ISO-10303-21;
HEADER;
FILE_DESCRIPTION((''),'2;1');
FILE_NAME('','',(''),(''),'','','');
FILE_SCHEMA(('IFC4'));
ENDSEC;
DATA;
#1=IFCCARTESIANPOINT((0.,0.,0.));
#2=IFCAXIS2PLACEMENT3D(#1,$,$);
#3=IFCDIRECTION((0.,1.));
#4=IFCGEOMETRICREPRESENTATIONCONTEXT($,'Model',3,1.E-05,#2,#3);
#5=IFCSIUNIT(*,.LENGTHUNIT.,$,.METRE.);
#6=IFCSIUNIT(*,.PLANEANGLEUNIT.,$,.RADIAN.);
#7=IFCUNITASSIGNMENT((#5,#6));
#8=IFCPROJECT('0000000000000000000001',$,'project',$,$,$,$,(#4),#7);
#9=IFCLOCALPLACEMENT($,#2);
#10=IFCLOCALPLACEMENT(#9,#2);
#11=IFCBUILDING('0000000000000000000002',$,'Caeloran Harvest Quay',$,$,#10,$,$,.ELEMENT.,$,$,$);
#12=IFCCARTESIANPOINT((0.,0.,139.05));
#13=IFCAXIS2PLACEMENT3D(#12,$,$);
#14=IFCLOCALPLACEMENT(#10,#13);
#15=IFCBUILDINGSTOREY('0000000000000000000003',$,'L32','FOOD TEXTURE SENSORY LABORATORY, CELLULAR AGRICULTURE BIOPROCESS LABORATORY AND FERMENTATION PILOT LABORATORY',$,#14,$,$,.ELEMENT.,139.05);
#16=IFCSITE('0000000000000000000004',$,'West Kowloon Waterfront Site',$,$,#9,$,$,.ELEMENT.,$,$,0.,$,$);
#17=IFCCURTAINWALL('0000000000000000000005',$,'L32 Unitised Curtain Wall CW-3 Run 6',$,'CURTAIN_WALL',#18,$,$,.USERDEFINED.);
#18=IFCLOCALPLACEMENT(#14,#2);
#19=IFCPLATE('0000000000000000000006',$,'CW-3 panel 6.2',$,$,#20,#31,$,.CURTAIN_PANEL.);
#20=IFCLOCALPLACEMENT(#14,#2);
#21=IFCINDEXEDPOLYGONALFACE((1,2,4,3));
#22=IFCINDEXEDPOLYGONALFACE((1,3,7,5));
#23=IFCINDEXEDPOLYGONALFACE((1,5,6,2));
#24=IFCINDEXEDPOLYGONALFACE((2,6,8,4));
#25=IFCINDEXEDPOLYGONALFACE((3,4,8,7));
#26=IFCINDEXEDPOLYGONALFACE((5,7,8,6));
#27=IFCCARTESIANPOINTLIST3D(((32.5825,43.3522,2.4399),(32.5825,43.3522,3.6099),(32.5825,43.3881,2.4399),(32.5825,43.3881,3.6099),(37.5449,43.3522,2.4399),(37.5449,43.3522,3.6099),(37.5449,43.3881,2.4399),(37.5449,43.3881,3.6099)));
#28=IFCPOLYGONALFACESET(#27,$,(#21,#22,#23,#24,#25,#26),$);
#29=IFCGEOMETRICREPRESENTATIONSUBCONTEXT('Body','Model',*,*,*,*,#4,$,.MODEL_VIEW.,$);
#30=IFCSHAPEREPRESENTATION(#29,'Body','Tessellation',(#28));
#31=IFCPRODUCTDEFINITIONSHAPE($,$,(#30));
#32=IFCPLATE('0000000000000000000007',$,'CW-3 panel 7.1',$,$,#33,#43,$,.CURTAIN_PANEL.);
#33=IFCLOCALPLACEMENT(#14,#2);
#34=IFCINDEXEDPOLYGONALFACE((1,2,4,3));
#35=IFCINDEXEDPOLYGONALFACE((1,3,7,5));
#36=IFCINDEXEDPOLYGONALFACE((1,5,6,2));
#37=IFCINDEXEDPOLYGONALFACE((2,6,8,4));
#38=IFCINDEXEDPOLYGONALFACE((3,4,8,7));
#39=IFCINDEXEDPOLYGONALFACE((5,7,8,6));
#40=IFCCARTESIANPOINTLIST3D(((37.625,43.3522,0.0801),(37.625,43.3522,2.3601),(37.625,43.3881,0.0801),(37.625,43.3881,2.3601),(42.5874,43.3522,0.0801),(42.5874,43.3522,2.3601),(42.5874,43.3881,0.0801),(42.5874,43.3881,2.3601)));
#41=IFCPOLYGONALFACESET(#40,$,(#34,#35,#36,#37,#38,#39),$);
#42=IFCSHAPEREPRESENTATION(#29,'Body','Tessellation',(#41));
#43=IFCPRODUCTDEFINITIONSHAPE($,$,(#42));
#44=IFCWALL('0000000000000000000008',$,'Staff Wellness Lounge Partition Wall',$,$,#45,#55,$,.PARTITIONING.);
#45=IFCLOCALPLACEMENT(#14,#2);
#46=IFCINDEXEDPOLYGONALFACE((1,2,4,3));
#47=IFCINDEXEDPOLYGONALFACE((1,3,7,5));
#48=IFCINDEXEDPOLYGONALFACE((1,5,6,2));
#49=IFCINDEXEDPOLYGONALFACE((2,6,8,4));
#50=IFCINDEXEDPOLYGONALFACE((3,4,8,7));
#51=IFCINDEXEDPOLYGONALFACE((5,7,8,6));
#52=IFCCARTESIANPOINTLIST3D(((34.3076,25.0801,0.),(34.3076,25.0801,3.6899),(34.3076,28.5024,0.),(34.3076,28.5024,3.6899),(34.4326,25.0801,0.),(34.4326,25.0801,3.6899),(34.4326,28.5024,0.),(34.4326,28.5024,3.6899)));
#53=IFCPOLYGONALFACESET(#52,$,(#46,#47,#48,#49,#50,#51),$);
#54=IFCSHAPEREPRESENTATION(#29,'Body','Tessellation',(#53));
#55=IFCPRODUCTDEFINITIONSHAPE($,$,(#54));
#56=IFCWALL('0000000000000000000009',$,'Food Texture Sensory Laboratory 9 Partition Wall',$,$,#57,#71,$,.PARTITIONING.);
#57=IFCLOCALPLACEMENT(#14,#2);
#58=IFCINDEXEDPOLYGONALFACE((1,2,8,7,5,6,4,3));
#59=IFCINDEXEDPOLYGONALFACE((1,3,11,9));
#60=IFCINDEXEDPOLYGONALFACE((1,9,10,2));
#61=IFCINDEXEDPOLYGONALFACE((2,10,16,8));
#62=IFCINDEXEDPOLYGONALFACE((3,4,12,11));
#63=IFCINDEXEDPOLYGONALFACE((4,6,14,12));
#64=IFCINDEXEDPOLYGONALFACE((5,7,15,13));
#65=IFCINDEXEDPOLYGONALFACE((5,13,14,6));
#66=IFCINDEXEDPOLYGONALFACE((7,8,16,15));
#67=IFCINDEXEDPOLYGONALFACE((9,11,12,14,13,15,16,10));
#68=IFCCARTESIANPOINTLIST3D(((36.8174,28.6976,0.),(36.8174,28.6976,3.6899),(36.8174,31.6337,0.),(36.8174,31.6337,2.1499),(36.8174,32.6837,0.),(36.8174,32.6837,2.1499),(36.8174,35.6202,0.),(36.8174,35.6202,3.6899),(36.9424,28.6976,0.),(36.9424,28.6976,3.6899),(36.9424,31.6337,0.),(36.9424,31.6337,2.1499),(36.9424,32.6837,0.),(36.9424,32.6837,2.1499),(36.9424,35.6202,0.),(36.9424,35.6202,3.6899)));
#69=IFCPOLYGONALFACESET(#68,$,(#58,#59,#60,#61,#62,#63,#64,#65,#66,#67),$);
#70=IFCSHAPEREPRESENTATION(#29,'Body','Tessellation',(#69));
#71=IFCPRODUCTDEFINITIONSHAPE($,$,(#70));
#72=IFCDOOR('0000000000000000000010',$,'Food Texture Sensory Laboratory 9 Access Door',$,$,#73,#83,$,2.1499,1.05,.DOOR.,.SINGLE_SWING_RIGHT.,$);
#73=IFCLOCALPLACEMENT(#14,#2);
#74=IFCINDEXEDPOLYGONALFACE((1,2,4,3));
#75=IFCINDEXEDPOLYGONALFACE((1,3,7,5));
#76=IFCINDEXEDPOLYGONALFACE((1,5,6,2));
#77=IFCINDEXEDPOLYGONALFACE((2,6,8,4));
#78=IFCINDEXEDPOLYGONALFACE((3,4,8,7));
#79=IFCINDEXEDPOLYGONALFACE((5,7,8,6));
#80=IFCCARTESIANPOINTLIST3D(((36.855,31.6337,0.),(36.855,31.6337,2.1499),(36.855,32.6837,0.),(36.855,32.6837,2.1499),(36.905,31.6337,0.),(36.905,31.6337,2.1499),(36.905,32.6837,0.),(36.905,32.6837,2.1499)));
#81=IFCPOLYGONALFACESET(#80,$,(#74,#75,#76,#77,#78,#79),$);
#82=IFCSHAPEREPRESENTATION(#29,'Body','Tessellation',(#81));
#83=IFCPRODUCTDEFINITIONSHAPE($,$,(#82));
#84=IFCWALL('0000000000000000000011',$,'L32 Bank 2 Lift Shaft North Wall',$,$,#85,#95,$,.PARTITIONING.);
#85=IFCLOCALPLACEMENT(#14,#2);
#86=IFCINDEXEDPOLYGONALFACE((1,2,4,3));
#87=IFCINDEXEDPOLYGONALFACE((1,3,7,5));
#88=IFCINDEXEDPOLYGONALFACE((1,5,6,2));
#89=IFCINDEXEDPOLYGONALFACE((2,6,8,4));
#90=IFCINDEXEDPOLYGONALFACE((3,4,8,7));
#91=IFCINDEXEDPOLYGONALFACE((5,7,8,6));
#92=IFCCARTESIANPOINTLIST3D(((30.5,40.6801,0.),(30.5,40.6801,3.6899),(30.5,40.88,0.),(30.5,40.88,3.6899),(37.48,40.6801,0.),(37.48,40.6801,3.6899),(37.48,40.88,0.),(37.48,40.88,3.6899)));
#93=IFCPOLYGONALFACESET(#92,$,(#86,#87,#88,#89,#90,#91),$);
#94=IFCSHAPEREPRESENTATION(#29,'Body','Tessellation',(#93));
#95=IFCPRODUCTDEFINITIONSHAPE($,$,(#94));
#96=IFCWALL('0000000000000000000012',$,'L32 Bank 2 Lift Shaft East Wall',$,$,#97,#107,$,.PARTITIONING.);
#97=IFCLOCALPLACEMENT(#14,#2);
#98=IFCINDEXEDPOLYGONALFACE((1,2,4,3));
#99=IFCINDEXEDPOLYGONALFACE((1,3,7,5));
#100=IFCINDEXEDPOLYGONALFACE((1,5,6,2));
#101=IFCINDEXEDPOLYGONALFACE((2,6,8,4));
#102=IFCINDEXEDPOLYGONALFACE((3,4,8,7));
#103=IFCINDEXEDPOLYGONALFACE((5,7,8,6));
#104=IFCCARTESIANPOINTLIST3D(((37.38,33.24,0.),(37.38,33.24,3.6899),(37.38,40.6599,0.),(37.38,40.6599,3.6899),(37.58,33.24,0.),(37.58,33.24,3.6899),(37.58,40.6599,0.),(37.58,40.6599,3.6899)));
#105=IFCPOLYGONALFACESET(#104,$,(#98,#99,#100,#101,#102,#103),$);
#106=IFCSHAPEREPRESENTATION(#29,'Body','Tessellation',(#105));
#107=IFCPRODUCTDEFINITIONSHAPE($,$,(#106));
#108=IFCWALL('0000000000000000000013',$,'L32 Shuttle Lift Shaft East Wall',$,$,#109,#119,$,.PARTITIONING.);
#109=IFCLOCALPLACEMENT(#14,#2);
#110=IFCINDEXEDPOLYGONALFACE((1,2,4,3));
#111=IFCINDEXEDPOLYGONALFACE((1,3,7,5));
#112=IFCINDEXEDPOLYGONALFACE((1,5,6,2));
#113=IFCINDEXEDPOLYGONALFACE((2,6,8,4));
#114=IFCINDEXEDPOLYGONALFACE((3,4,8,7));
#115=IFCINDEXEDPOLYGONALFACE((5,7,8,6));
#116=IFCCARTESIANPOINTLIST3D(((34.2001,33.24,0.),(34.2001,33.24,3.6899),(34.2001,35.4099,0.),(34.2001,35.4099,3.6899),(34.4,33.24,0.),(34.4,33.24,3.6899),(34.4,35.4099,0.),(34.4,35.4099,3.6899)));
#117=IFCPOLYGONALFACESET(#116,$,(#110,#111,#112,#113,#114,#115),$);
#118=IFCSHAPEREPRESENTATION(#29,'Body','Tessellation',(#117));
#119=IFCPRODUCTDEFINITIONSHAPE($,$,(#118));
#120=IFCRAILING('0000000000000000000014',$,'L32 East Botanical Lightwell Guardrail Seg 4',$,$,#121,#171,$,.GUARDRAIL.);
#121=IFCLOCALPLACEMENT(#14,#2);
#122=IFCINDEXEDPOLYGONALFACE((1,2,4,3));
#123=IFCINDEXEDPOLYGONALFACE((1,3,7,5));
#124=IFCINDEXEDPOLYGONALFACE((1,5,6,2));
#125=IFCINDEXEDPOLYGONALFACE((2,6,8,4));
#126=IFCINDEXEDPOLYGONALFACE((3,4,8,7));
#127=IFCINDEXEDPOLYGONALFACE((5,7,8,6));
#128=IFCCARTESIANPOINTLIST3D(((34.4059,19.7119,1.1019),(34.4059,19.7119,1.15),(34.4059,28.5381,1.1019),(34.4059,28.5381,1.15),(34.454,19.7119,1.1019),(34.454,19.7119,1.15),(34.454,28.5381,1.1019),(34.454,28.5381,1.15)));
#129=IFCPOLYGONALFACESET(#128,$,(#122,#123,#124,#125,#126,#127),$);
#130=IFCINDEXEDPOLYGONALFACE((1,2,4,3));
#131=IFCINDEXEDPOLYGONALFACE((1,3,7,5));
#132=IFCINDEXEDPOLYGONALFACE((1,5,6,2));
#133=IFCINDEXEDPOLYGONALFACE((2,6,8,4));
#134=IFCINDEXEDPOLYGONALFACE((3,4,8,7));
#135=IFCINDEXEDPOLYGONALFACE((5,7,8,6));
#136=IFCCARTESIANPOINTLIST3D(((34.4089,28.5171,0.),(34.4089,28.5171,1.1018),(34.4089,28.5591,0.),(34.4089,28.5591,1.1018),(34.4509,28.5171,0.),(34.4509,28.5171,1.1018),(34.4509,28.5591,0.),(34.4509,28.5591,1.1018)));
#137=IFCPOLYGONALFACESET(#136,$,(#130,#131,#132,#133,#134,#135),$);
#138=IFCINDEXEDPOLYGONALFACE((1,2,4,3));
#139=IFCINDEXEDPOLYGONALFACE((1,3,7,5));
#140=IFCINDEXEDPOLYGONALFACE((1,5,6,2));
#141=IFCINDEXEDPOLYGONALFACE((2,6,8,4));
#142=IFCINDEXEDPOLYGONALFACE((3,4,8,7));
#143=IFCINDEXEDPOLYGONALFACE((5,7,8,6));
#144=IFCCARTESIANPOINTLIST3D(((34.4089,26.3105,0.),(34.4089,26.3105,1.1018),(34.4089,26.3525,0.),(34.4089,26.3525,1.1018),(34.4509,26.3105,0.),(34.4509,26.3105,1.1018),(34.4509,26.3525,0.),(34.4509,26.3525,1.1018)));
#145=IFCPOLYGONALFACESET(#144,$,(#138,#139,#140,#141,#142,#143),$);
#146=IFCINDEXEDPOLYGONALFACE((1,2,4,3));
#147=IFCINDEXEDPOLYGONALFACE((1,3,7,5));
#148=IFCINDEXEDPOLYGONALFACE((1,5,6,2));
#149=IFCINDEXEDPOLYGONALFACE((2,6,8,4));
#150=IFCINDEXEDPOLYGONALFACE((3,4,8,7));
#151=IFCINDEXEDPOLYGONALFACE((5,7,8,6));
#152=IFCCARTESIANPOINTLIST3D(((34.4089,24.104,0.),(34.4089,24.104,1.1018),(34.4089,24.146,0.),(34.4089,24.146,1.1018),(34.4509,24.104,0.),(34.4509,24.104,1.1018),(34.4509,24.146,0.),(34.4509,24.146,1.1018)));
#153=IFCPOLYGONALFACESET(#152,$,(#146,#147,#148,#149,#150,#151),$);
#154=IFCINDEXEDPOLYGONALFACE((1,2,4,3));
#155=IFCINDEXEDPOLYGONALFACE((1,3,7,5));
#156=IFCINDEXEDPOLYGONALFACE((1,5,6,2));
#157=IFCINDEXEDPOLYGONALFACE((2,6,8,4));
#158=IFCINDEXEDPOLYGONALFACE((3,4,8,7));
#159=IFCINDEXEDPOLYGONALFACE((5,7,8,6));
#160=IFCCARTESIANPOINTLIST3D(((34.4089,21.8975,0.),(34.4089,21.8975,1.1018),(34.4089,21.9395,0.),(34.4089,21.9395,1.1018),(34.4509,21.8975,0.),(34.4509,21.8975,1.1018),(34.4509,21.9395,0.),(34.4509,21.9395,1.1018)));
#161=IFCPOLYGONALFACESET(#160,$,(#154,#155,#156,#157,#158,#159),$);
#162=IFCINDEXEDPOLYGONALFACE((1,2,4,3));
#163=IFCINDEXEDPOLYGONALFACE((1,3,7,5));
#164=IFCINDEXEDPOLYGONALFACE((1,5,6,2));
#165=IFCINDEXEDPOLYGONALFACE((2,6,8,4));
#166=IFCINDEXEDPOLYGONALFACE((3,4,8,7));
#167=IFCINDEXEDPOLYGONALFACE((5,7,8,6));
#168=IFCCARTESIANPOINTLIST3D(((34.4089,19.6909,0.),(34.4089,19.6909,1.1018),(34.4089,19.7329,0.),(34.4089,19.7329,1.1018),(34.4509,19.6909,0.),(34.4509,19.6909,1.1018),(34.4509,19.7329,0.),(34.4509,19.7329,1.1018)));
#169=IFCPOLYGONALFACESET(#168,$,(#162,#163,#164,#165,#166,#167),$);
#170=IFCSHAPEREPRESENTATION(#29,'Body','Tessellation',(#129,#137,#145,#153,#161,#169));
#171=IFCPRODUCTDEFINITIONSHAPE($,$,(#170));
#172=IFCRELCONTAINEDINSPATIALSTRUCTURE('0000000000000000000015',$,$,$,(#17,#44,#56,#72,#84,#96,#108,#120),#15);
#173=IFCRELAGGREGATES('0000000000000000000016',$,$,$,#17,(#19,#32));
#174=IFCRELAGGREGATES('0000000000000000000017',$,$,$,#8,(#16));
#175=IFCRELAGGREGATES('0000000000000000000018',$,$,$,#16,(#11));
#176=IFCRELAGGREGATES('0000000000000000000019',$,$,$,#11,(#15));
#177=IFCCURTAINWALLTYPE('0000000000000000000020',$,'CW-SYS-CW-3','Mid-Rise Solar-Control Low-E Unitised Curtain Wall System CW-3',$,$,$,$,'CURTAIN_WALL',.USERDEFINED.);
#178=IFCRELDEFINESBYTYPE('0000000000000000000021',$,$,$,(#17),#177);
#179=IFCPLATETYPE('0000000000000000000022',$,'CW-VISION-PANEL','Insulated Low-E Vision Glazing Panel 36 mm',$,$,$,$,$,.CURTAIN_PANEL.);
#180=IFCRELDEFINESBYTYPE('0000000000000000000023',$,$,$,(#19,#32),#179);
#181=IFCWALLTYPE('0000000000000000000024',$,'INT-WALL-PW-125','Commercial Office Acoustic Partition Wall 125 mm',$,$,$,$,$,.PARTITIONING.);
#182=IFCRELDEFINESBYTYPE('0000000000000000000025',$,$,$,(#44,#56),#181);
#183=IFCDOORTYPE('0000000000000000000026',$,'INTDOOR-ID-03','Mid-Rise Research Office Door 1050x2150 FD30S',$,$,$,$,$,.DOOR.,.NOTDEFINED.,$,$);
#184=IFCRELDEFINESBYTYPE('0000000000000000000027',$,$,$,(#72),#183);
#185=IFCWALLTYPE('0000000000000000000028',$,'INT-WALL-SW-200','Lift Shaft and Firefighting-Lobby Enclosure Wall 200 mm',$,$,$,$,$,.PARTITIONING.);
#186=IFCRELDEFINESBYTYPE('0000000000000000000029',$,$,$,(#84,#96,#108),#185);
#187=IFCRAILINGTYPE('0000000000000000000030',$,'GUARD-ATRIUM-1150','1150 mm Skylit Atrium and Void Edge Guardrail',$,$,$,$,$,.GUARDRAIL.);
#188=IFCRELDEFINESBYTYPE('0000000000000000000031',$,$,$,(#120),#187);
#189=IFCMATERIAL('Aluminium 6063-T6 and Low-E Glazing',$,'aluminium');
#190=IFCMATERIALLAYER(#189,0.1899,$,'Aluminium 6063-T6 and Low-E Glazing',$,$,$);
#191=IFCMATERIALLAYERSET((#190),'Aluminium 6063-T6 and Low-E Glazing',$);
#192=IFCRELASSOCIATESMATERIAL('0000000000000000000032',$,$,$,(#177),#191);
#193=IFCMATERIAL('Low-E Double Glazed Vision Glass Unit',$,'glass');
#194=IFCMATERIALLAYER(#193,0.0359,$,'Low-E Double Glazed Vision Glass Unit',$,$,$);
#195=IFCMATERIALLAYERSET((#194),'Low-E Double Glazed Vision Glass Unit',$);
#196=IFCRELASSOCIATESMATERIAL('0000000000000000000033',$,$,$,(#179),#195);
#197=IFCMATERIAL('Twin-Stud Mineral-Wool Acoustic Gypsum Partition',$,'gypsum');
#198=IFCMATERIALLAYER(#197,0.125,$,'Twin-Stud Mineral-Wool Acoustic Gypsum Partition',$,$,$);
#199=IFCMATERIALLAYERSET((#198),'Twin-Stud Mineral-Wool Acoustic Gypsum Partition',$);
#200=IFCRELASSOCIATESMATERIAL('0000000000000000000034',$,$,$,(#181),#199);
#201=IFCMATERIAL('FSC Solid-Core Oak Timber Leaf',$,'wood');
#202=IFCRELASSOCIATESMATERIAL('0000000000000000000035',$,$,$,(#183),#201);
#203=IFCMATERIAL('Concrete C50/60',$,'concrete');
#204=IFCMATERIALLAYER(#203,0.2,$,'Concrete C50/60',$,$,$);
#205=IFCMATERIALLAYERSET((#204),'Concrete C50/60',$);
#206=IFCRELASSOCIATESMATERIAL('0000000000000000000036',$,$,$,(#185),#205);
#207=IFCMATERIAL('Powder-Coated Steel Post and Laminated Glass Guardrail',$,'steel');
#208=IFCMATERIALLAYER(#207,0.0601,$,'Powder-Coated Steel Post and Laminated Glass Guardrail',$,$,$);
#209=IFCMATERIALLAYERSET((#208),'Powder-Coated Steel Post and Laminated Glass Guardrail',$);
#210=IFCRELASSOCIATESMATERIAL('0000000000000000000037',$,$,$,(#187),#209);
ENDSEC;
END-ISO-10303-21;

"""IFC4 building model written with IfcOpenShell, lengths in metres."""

from ifc_helpers import new_model, si_unit, direction, frame, frame_2d, origin, origin_2d, place, context, subcontext, project, spatial, rectangle, extrude, material, layer, layer_set, type_object, element, fill, aggregate, save


model = new_model("IFC4")

# Units and contexts
model_context = context("Model", 3, precision=1e-05, world=origin(), true_north=direction((0.0, 1.0)))
body_context = subcontext(model_context, "Body", "Model", "MODEL_VIEW")
ifc_project = project(units=[si_unit("LENGTHUNIT", "METRE"), si_unit("PLANEANGLEUNIT", "RADIAN")], contexts=[model_context])

# Site, building, storey
site_placement = place(None, origin())
site = spatial("IfcSite", under=ifc_project, at=site_placement, Name="West Kowloon Waterfront Site", CompositionType="ELEMENT", RefElevation=0.0)
building_placement = place(site_placement, origin())
building = spatial("IfcBuilding", under=site, at=building_placement, Name="Caeloran Harvest Quay", CompositionType="ELEMENT")
storey_placement = place(building_placement, frame((0.0, 0.0, 139.05)))
storey = spatial("IfcBuildingStorey", under=building, at=storey_placement, Name="L32", Description="FOOD TEXTURE SENSORY LABORATORY, CELLULAR AGRICULTURE BIOPROCESS LABORATORY AND FERMENTATION PILOT LABORATORY", CompositionType="ELEMENT", Elevation=139.05)

# Curtain wall, plates
ifc_material_1 = material(Name="Aluminium 6063-T6 and Low-E Glazing", Category="aluminium")
ifc_layer_1 = layer(ifc_material_1, 0.1899, Name="Aluminium 6063-T6 and Low-E Glazing")
ifc_layer_set_1 = layer_set([ifc_layer_1], Name="Aluminium 6063-T6 and Low-E Glazing")
curtain_wall_type = type_object("IfcCurtainWallType", Name="CW-SYS-CW-3", Description="Mid-Rise Solar-Control Low-E Unitised Curtain Wall System CW-3", ElementType="CURTAIN_WALL", PredefinedType="USERDEFINED", material=ifc_layer_set_1)
curtain_wall_placement = place(storey_placement, origin())
curtain_wall = element("IfcCurtainWall", 1, at=curtain_wall_placement, inside=storey, type_object=curtain_wall_type, Name="L32 Unitised Curtain Wall CW-3 Run 6", ObjectType="CURTAIN_WALL", PredefinedType="USERDEFINED")
ifc_material_2 = material(Name="Low-E Double Glazed Vision Glass Unit", Category="glass")
ifc_layer_2 = layer(ifc_material_2, 0.0359, Name="Low-E Double Glazed Vision Glass Unit")
ifc_layer_set_2 = layer_set([ifc_layer_2], Name="Low-E Double Glazed Vision Glass Unit")
plate_type = type_object("IfcPlateType", Name="CW-VISION-PANEL", Description="Insulated Low-E Vision Glazing Panel 36 mm", PredefinedType="CURTAIN_PANEL", material=ifc_layer_set_2)
plate_1_placement = place(storey_placement, frame((35.0637, 43.3701, 2.4399), z_axis=(0.0, 0.0, 1.0), x_axis=(1.0, 0.0, 0.0)))
plate_1 = element("IfcPlate", 2, at=plate_1_placement, type_object=plate_type, Name="CW-3 panel 6.2", PredefinedType="CURTAIN_PANEL", context=body_context, shape_type="SweptSolid", body=[
    extrude(rectangle(XDim=4.9624, YDim=0.0359, at=origin_2d()), origin(), (0.0, 0.0, 1.0), 1.1699),
])
plate_2_placement = place(storey_placement, frame((40.1062, 43.3701, 0.0801), z_axis=(0.0, 0.0, 1.0), x_axis=(1.0, 0.0, 0.0)))
plate_2 = element("IfcPlate", 3, at=plate_2_placement, type_object=plate_type, Name="CW-3 panel 7.1", PredefinedType="CURTAIN_PANEL", context=body_context, shape_type="SweptSolid", body=[
    extrude(rectangle(XDim=4.9624, YDim=0.0359, at=origin_2d()), origin(), (0.0, 0.0, 1.0), 2.28),
])
aggregate(curtain_wall, [plate_1, plate_2])

# Wall
ifc_material_3 = material(Name="Twin-Stud Mineral-Wool Acoustic Gypsum Partition", Category="gypsum")
ifc_layer_3 = layer(ifc_material_3, 0.125, Name="Twin-Stud Mineral-Wool Acoustic Gypsum Partition")
ifc_layer_set_3 = layer_set([ifc_layer_3], Name="Twin-Stud Mineral-Wool Acoustic Gypsum Partition")
wall_type_1 = type_object("IfcWallType", Name="INT-WALL-PW-125", Description="Commercial Office Acoustic Partition Wall 125 mm", PredefinedType="PARTITIONING", material=ifc_layer_set_3)
wall_1_placement = place(storey_placement, frame((34.3701, 28.5024, 0.0), z_axis=(0.0, 0.0, 1.0), x_axis=(0.0, -1.0, 0.0)))
element("IfcWall", 4, at=wall_1_placement, inside=storey, type_object=wall_type_1, Name="Staff Wellness Lounge Partition Wall", PredefinedType="PARTITIONING", context=body_context, shape_type="SweptSolid", body=[
    extrude(rectangle(XDim=3.4224, YDim=0.125, at=frame_2d((1.7112, 0.0))), origin(), (0.0, 0.0, 1.0), 3.6899),
])

# Wall, opening, door
wall_2_placement = place(storey_placement, frame((36.8799, 28.6975, 0.0), z_axis=(0.0, 0.0, 1.0), x_axis=(0.0, 1.0, 0.0)))
wall_2 = element("IfcWall", 5, at=wall_2_placement, inside=storey, type_object=wall_type_1, Name="Food Texture Sensory Laboratory 9 Partition Wall", PredefinedType="PARTITIONING", context=body_context, shape_type="SweptSolid", body=[
    extrude(rectangle(XDim=6.9226, YDim=0.125, at=frame_2d((3.4614, 0.0))), origin(), (0.0, 0.0, 1.0), 3.6899),
])
opening_placement = place(wall_2_placement, frame((2.9363, 0.0, 0.0)))
opening = element("IfcOpeningElement", 6, at=opening_placement, cuts=wall_2, PredefinedType="OPENING", context=body_context, shape_type="SweptSolid", body=[
    extrude(rectangle(XDim=1.05, YDim=2.1499, at=frame_2d((0.5249, 1.075))), frame((0.0, 0.0725, 0.0), z_axis=(0.0, -1.0, 0.0), x_axis=(1.0, 0.0, 0.0)), (0.0, 0.0, 1.0), 0.145),
])
ifc_material_4 = material(Name="FSC Solid-Core Oak Timber Leaf", Category="wood")
door_type = type_object("IfcDoorType", Name="INTDOOR-ID-03", Description="Mid-Rise Research Office Door 1050x2150 FD30S", OperationType="NOTDEFINED", PredefinedType="DOOR", material=ifc_material_4)
door_placement = place(opening_placement, origin())
door = element("IfcDoor", 7, at=door_placement, inside=storey, type_object=door_type, Name="Food Texture Sensory Laboratory 9 Access Door", OperationType="SINGLE_SWING_RIGHT", OverallHeight=2.1499, OverallWidth=1.05, PredefinedType="DOOR", context=body_context, shape_type="SweptSolid", body=[
    extrude(rectangle(XDim=1.05, YDim=2.1499, at=frame_2d((0.5249, 1.075))), frame((0.0, 0.0249, 0.0), z_axis=(0.0, -1.0, 0.0), x_axis=(1.0, 0.0, 0.0)), (0.0, 0.0, 1.0), 0.05),
])
fill(opening, door)

# Walls
ifc_material_5 = material(Name="Concrete C50/60", Category="concrete")
ifc_layer_4 = layer(ifc_material_5, 0.2, Name="Concrete C50/60")
ifc_layer_set_4 = layer_set([ifc_layer_4], Name="Concrete C50/60")
wall_type_2 = type_object("IfcWallType", Name="INT-WALL-SW-200", Description="Lift Shaft and Firefighting-Lobby Enclosure Wall 200 mm", PredefinedType="PARTITIONING", material=ifc_layer_set_4)
wall_3_placement = place(storey_placement, frame((30.5, 40.78, 0.0), z_axis=(0.0, 0.0, 1.0), x_axis=(1.0, 0.0, 0.0)))
element("IfcWall", 8, at=wall_3_placement, inside=storey, type_object=wall_type_2, Name="L32 Bank 2 Lift Shaft North Wall", PredefinedType="PARTITIONING", context=body_context, shape_type="SweptSolid", body=[
    extrude(rectangle(XDim=6.98, YDim=0.2, at=frame_2d((3.49, 0.0))), origin(), (0.0, 0.0, 1.0), 3.6899),
])
wall_4_placement = place(storey_placement, frame((37.48, 33.24, 0.0), z_axis=(0.0, 0.0, 1.0), x_axis=(0.0, 1.0, 0.0)))
element("IfcWall", 9, at=wall_4_placement, inside=storey, type_object=wall_type_2, Name="L32 Bank 2 Lift Shaft East Wall", PredefinedType="PARTITIONING", context=body_context, shape_type="SweptSolid", body=[
    extrude(rectangle(XDim=7.4199, YDim=0.2, at=frame_2d((3.71, 0.0))), origin(), (0.0, 0.0, 1.0), 3.6899),
])
wall_5_placement = place(storey_placement, frame((34.3, 33.24, 0.0), z_axis=(0.0, 0.0, 1.0), x_axis=(0.0, 1.0, 0.0)))
element("IfcWall", 10, at=wall_5_placement, inside=storey, type_object=wall_type_2, Name="L32 Shuttle Lift Shaft East Wall", PredefinedType="PARTITIONING", context=body_context, shape_type="SweptSolid", body=[
    extrude(rectangle(XDim=2.1699, YDim=0.2, at=frame_2d((1.085, 0.0))), origin(), (0.0, 0.0, 1.0), 3.6899),
])

# Railing
ifc_material_6 = material(Name="Powder-Coated Steel Post and Laminated Glass Guardrail", Category="steel")
ifc_layer_5 = layer(ifc_material_6, 0.0601, Name="Powder-Coated Steel Post and Laminated Glass Guardrail")
ifc_layer_set_5 = layer_set([ifc_layer_5], Name="Powder-Coated Steel Post and Laminated Glass Guardrail")
railing_type = type_object("IfcRailingType", Name="GUARD-ATRIUM-1150", Description="1150 mm Skylit Atrium and Void Edge Guardrail", PredefinedType="GUARDRAIL", material=ifc_layer_set_5)
railing_placement = place(storey_placement, frame((34.4299, 28.5381, 0.0)))
element("IfcRailing", 11, at=railing_placement, inside=storey, type_object=railing_type, Name="L32 East Botanical Lightwell Guardrail Seg 4", PredefinedType="GUARDRAIL", context=body_context, shape_type="SweptSolid", body=[
    extrude(rectangle(XDim=0.0481, YDim=0.0481, at=origin_2d()), frame((0.0, 0.0, 1.126), z_axis=(0.0, -1.0, 0.0), x_axis=(1.0, 0.0, 0.0)), (0.0, 0.0, 1.0), 8.8262),
    extrude(rectangle(XDim=0.042, YDim=0.042, at=origin_2d()), origin(), (0.0, 0.0, 1.0), 1.1018),
    extrude(rectangle(XDim=0.042, YDim=0.042, at=origin_2d()), frame((0.0, -2.2065, 0.0)), (0.0, 0.0, 1.0), 1.1018),
    extrude(rectangle(XDim=0.042, YDim=0.042, at=origin_2d()), frame((0.0, -4.4131, 0.0)), (0.0, 0.0, 1.0), 1.1018),
    extrude(rectangle(XDim=0.042, YDim=0.042, at=origin_2d()), frame((0.0, -6.6196, 0.0)), (0.0, 0.0, 1.0), 1.1018),
    extrude(rectangle(XDim=0.042, YDim=0.042, at=origin_2d()), frame((0.0, -8.8262, 0.0)), (0.0, 0.0, 1.0), 1.1018),
])

save(model, "model.ifc")
